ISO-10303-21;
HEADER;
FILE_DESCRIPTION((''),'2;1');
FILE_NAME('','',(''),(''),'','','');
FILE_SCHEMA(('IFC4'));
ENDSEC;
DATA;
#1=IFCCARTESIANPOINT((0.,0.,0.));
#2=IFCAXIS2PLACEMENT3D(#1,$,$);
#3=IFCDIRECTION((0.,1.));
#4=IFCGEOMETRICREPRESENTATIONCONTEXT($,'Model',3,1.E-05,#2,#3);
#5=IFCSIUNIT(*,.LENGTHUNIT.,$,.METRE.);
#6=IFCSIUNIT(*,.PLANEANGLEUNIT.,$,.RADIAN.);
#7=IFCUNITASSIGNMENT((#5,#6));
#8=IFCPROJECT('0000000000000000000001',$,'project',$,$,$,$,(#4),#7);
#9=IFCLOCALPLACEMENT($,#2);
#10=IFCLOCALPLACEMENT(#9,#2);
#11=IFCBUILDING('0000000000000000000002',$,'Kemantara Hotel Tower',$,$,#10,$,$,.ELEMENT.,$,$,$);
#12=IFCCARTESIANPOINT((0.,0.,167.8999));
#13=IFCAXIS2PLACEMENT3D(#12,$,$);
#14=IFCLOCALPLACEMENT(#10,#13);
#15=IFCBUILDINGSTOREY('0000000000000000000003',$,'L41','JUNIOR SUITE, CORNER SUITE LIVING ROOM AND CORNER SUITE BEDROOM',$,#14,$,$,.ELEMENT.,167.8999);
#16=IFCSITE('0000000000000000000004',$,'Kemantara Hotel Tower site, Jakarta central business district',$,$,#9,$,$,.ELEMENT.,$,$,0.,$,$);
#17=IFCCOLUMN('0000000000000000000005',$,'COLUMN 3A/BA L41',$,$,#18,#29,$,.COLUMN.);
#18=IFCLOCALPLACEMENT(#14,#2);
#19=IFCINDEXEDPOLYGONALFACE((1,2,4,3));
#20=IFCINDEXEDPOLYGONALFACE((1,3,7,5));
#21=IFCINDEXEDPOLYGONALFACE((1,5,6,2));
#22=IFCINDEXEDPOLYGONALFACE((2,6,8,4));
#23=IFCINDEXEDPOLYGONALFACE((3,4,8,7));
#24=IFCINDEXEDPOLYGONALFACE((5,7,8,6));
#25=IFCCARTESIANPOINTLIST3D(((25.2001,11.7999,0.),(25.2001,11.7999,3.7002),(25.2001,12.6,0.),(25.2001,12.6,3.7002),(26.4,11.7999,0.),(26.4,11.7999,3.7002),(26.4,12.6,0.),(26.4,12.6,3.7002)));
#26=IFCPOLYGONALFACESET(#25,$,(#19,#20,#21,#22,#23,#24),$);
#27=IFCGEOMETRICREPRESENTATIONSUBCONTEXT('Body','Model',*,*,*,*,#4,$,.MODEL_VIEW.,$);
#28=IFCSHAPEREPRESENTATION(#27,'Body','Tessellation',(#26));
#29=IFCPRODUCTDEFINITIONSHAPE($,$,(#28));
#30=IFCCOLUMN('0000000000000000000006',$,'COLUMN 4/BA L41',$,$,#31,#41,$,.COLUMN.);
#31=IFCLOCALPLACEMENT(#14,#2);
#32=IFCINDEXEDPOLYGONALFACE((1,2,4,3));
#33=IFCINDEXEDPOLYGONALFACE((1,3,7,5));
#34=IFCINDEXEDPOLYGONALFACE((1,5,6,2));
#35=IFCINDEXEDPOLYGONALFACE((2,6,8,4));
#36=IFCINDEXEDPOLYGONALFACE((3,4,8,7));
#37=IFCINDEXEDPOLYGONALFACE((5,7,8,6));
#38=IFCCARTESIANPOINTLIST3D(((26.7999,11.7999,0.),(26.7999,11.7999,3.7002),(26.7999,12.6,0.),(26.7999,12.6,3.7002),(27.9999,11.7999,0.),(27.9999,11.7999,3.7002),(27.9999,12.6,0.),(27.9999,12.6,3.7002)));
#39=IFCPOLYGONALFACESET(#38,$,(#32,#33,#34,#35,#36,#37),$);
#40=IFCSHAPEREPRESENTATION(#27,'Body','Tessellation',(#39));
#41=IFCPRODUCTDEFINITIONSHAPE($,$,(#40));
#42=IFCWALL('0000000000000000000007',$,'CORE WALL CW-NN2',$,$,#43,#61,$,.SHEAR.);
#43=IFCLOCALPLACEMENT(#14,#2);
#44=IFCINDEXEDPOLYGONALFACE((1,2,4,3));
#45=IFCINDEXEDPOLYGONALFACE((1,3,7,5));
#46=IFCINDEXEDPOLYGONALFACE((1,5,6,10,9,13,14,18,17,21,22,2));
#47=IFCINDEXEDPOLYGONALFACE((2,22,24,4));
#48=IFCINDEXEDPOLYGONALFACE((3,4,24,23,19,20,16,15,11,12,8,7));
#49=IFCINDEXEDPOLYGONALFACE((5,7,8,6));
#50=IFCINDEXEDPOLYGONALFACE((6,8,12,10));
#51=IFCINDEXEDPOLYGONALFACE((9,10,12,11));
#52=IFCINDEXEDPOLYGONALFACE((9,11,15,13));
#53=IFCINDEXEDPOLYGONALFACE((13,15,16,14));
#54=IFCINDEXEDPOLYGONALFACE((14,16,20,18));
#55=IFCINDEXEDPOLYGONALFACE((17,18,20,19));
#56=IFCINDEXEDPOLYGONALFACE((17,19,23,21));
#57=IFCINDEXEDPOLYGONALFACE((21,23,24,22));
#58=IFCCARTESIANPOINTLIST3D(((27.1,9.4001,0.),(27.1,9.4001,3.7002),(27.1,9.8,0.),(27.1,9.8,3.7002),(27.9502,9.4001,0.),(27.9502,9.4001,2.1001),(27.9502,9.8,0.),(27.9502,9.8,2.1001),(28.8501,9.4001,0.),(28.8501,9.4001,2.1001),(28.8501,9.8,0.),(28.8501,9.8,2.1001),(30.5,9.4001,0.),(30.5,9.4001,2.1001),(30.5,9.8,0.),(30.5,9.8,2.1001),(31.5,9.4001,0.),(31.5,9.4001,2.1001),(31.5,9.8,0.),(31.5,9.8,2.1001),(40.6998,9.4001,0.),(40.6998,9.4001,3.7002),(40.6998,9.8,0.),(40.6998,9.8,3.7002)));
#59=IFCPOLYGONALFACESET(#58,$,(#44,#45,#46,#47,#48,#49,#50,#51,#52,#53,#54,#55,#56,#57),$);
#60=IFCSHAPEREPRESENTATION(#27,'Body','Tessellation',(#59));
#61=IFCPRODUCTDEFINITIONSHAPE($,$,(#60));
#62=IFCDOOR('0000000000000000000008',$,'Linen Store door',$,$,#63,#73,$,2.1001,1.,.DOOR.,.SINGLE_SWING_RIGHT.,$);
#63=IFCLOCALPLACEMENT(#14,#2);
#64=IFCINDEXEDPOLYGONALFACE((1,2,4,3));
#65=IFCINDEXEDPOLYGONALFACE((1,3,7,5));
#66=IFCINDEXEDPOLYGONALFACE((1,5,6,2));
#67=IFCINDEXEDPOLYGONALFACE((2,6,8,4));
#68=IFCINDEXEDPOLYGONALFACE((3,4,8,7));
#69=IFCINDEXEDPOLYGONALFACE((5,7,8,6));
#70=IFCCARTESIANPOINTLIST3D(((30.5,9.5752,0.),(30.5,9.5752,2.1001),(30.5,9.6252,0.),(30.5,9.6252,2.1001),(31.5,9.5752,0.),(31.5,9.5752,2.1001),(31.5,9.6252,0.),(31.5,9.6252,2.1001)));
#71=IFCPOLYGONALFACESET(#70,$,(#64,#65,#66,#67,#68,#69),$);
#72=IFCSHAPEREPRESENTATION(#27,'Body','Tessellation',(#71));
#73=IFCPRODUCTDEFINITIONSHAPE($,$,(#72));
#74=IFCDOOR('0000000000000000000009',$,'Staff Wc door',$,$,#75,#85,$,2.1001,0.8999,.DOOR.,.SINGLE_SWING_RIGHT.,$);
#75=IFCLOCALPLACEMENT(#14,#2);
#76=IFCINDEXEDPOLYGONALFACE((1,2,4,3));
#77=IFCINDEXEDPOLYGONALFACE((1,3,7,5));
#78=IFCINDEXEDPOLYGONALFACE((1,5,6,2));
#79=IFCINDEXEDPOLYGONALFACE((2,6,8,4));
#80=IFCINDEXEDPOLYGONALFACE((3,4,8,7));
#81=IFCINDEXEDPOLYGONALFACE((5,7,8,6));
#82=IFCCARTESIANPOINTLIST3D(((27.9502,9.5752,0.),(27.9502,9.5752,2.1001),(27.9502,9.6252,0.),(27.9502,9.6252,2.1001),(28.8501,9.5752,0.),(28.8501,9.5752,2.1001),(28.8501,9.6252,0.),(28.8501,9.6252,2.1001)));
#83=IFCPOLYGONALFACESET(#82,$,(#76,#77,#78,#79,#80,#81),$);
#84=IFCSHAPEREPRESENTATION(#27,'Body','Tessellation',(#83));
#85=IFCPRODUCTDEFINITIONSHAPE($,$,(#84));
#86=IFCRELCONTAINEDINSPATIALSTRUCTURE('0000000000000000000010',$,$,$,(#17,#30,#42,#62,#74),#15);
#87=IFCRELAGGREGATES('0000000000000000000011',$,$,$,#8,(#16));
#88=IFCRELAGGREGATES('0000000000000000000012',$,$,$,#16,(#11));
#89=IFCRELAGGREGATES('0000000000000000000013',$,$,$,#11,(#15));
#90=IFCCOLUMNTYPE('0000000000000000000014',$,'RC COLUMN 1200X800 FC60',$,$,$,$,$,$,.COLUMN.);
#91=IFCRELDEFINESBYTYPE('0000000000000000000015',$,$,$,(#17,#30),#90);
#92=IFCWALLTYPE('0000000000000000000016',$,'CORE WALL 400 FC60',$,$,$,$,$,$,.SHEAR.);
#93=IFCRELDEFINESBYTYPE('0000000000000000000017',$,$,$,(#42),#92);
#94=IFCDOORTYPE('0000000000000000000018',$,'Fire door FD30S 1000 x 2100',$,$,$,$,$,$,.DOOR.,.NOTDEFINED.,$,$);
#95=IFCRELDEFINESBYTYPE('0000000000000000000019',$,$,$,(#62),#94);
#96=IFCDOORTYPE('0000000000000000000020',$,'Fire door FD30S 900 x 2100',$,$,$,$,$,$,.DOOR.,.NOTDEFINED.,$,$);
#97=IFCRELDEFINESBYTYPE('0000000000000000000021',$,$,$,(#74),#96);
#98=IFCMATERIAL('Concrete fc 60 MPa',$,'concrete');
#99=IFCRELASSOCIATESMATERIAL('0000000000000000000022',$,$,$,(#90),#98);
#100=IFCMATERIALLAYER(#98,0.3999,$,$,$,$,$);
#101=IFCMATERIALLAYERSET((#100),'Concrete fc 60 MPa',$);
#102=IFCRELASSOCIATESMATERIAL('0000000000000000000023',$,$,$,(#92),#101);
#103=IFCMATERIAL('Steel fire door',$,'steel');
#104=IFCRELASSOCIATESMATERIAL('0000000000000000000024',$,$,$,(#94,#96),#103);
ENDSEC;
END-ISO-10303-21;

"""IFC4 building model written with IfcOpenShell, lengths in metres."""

from ifc_helpers import new_model, si_unit, direction, frame, frame_2d, origin, origin_2d, place, context, subcontext, project, spatial, rectangle, extrude, material, layer, layer_set, material_profile, profile_set, type_object, element, fill, save


model = new_model("IFC4")

# Units and contexts
model_context = context("Model", 3, precision=1e-05, world=origin(), true_north=direction((0.0, 1.0)))
body_context = subcontext(model_context, "Body", "Model", "MODEL_VIEW")
ifc_project = project(units=[si_unit("LENGTHUNIT", "METRE"), si_unit("PLANEANGLEUNIT", "RADIAN")], contexts=[model_context])

# Site, building, storey
site_placement = place(None, origin())
site = spatial("IfcSite", under=ifc_project, at=site_placement, Name="Kemantara Hotel Tower site, Jakarta central business district", CompositionType="ELEMENT", RefElevation=0.0)
building_placement = place(site_placement, origin())
building = spatial("IfcBuilding", under=site, at=building_placement, Name="Kemantara Hotel Tower", CompositionType="ELEMENT")
storey_placement = place(building_placement, frame((0.0, 0.0, 167.8999)))
storey = spatial("IfcBuildingStorey", under=building, at=storey_placement, Name="L41", Description="JUNIOR SUITE, CORNER SUITE LIVING ROOM AND CORNER SUITE BEDROOM", CompositionType="ELEMENT", Elevation=167.8999)

# Columns
ifc_material_1 = material(Name="Concrete fc 60 MPa", Category="concrete")
ifc_material_profile = material_profile(ifc_material_1, rectangle(XDim=1.2, YDim=0.8, at=origin_2d()), Name="RC 1200X800")
ifc_profile_set = profile_set([ifc_material_profile], Name="Concrete fc 60 MPa")
column_type = type_object("IfcColumnType", Name="RC COLUMN 1200X800 FC60", PredefinedType="COLUMN", material=ifc_profile_set)
for number, where, z_axis, x_axis, name in (
    (1, (25.8, 12.2, 0.0), (0.0, 0.0, 1.0), (1.0, 0.0, 0.0), "COLUMN 3A/BA L41"),
    (2, (27.3999, 12.2, 0.0), (0.0, 0.0, 1.0), (1.0, 0.0, 0.0), "COLUMN 4/BA L41"),
):
    element("IfcColumn", number, at=place(storey_placement, frame(where, z_axis=z_axis, x_axis=x_axis)), inside=storey, type_object=column_type, Name=name, PredefinedType="COLUMN", context=body_context, shape_type="SweptSolid", body=[
        extrude(rectangle(XDim=1.2, YDim=0.8, at=origin_2d()), origin(), (0.0, 0.0, 1.0), 3.7002),
    ])

# Wall, openings, doors
ifc_layer_1 = layer(ifc_material_1, 0.3999)
ifc_layer_set_1 = layer_set([ifc_layer_1], Name="Concrete fc 60 MPa")
wall_type_1 = type_object("IfcWallType", Name="CORE WALL 400 FC60", PredefinedType="SHEAR", material=ifc_layer_set_1)
wall_1_placement = place(storey_placement, frame((27.1001, 9.6001, 0.0), z_axis=(0.0, 0.0, 1.0), x_axis=(1.0, 0.0, 0.0)))
wall_1 = element("IfcWall", 3, at=wall_1_placement, inside=storey, type_object=wall_type_1, Name="CORE WALL CW-NN2", PredefinedType="SHEAR", context=body_context, shape_type="SweptSolid", body=[
    extrude(rectangle(XDim=13.5999, YDim=0.3999, at=frame_2d((6.7998, 0.0))), origin(), (0.0, 0.0, 1.0), 3.7002),
])
opening_1_placement = place(wall_1_placement, frame((0.8501, 0.0, 0.0)))
opening_1 = element("IfcOpeningElement", 4, at=opening_1_placement, cuts=wall_1, PredefinedType="OPENING", context=body_context, shape_type="SweptSolid", body=[
    extrude(rectangle(XDim=0.8999, YDim=2.1001, at=frame_2d((0.45, 1.05))), frame((0.0, 0.21, 0.0), z_axis=(0.0, -1.0, 0.0), x_axis=(1.0, 0.0, 0.0)), (0.0, 0.0, 1.0), 0.4199),
])
opening_2_placement = place(wall_1_placement, frame((3.3999, 0.0, 0.0)))
opening_2 = element("IfcOpeningElement", 5, at=opening_2_placement, cuts=wall_1, PredefinedType="OPENING", context=body_context, shape_type="SweptSolid", body=[
    extrude(rectangle(XDim=1.0, YDim=2.1001, at=frame_2d((0.5, 1.05))), frame((0.0, 0.21, 0.0), z_axis=(0.0, -1.0, 0.0), x_axis=(1.0, 0.0, 0.0)), (0.0, 0.0, 1.0), 0.4199),
])
ifc_material_2 = material(Name="Steel fire door", Category="steel")
door_type_1 = type_object("IfcDoorType", Name="Fire door FD30S 1000 x 2100", OperationType="NOTDEFINED", PredefinedType="DOOR", material=ifc_material_2)
door_1_placement = place(opening_2_placement, frame((1.0, 0.0, 0.0), z_axis=(0.0, 0.0, 1.0), x_axis=(-1.0, 0.0, 0.0)))
door_1 = element("IfcDoor", 6, at=door_1_placement, inside=storey, type_object=door_type_1, Name="Linen Store door", OperationType="SINGLE_SWING_RIGHT", OverallHeight=2.1001, OverallWidth=1.0, PredefinedType="DOOR", context=body_context, shape_type="SweptSolid", body=[
    extrude(rectangle(XDim=1.0, YDim=2.1001, at=frame_2d((0.5, 1.05))), frame((0.0, 0.0249, 0.0), z_axis=(0.0, -1.0, 0.0), x_axis=(1.0, 0.0, 0.0)), (0.0, 0.0, 1.0), 0.05),
])
fill(opening_2, door_1)
door_type_2 = type_object("IfcDoorType", Name="Fire door FD30S 900 x 2100", OperationType="NOTDEFINED", PredefinedType="DOOR", material=ifc_material_2)
door_2_placement = place(opening_1_placement, frame((0.8999, 0.0, 0.0), z_axis=(0.0, 0.0, 1.0), x_axis=(-1.0, 0.0, 0.0)))
door_2 = element("IfcDoor", 7, at=door_2_placement, inside=storey, type_object=door_type_2, Name="Staff Wc door", OperationType="SINGLE_SWING_RIGHT", OverallHeight=2.1001, OverallWidth=0.8999, PredefinedType="DOOR", context=body_context, shape_type="SweptSolid", body=[
    extrude(rectangle(XDim=0.8999, YDim=2.1001, at=frame_2d((0.45, 1.05))), frame((0.0, 0.0249, 0.0), z_axis=(0.0, -1.0, 0.0), x_axis=(1.0, 0.0, 0.0)), (0.0, 0.0, 1.0), 0.05),
])
fill(opening_1, door_2)

save(model, "model.ifc")
